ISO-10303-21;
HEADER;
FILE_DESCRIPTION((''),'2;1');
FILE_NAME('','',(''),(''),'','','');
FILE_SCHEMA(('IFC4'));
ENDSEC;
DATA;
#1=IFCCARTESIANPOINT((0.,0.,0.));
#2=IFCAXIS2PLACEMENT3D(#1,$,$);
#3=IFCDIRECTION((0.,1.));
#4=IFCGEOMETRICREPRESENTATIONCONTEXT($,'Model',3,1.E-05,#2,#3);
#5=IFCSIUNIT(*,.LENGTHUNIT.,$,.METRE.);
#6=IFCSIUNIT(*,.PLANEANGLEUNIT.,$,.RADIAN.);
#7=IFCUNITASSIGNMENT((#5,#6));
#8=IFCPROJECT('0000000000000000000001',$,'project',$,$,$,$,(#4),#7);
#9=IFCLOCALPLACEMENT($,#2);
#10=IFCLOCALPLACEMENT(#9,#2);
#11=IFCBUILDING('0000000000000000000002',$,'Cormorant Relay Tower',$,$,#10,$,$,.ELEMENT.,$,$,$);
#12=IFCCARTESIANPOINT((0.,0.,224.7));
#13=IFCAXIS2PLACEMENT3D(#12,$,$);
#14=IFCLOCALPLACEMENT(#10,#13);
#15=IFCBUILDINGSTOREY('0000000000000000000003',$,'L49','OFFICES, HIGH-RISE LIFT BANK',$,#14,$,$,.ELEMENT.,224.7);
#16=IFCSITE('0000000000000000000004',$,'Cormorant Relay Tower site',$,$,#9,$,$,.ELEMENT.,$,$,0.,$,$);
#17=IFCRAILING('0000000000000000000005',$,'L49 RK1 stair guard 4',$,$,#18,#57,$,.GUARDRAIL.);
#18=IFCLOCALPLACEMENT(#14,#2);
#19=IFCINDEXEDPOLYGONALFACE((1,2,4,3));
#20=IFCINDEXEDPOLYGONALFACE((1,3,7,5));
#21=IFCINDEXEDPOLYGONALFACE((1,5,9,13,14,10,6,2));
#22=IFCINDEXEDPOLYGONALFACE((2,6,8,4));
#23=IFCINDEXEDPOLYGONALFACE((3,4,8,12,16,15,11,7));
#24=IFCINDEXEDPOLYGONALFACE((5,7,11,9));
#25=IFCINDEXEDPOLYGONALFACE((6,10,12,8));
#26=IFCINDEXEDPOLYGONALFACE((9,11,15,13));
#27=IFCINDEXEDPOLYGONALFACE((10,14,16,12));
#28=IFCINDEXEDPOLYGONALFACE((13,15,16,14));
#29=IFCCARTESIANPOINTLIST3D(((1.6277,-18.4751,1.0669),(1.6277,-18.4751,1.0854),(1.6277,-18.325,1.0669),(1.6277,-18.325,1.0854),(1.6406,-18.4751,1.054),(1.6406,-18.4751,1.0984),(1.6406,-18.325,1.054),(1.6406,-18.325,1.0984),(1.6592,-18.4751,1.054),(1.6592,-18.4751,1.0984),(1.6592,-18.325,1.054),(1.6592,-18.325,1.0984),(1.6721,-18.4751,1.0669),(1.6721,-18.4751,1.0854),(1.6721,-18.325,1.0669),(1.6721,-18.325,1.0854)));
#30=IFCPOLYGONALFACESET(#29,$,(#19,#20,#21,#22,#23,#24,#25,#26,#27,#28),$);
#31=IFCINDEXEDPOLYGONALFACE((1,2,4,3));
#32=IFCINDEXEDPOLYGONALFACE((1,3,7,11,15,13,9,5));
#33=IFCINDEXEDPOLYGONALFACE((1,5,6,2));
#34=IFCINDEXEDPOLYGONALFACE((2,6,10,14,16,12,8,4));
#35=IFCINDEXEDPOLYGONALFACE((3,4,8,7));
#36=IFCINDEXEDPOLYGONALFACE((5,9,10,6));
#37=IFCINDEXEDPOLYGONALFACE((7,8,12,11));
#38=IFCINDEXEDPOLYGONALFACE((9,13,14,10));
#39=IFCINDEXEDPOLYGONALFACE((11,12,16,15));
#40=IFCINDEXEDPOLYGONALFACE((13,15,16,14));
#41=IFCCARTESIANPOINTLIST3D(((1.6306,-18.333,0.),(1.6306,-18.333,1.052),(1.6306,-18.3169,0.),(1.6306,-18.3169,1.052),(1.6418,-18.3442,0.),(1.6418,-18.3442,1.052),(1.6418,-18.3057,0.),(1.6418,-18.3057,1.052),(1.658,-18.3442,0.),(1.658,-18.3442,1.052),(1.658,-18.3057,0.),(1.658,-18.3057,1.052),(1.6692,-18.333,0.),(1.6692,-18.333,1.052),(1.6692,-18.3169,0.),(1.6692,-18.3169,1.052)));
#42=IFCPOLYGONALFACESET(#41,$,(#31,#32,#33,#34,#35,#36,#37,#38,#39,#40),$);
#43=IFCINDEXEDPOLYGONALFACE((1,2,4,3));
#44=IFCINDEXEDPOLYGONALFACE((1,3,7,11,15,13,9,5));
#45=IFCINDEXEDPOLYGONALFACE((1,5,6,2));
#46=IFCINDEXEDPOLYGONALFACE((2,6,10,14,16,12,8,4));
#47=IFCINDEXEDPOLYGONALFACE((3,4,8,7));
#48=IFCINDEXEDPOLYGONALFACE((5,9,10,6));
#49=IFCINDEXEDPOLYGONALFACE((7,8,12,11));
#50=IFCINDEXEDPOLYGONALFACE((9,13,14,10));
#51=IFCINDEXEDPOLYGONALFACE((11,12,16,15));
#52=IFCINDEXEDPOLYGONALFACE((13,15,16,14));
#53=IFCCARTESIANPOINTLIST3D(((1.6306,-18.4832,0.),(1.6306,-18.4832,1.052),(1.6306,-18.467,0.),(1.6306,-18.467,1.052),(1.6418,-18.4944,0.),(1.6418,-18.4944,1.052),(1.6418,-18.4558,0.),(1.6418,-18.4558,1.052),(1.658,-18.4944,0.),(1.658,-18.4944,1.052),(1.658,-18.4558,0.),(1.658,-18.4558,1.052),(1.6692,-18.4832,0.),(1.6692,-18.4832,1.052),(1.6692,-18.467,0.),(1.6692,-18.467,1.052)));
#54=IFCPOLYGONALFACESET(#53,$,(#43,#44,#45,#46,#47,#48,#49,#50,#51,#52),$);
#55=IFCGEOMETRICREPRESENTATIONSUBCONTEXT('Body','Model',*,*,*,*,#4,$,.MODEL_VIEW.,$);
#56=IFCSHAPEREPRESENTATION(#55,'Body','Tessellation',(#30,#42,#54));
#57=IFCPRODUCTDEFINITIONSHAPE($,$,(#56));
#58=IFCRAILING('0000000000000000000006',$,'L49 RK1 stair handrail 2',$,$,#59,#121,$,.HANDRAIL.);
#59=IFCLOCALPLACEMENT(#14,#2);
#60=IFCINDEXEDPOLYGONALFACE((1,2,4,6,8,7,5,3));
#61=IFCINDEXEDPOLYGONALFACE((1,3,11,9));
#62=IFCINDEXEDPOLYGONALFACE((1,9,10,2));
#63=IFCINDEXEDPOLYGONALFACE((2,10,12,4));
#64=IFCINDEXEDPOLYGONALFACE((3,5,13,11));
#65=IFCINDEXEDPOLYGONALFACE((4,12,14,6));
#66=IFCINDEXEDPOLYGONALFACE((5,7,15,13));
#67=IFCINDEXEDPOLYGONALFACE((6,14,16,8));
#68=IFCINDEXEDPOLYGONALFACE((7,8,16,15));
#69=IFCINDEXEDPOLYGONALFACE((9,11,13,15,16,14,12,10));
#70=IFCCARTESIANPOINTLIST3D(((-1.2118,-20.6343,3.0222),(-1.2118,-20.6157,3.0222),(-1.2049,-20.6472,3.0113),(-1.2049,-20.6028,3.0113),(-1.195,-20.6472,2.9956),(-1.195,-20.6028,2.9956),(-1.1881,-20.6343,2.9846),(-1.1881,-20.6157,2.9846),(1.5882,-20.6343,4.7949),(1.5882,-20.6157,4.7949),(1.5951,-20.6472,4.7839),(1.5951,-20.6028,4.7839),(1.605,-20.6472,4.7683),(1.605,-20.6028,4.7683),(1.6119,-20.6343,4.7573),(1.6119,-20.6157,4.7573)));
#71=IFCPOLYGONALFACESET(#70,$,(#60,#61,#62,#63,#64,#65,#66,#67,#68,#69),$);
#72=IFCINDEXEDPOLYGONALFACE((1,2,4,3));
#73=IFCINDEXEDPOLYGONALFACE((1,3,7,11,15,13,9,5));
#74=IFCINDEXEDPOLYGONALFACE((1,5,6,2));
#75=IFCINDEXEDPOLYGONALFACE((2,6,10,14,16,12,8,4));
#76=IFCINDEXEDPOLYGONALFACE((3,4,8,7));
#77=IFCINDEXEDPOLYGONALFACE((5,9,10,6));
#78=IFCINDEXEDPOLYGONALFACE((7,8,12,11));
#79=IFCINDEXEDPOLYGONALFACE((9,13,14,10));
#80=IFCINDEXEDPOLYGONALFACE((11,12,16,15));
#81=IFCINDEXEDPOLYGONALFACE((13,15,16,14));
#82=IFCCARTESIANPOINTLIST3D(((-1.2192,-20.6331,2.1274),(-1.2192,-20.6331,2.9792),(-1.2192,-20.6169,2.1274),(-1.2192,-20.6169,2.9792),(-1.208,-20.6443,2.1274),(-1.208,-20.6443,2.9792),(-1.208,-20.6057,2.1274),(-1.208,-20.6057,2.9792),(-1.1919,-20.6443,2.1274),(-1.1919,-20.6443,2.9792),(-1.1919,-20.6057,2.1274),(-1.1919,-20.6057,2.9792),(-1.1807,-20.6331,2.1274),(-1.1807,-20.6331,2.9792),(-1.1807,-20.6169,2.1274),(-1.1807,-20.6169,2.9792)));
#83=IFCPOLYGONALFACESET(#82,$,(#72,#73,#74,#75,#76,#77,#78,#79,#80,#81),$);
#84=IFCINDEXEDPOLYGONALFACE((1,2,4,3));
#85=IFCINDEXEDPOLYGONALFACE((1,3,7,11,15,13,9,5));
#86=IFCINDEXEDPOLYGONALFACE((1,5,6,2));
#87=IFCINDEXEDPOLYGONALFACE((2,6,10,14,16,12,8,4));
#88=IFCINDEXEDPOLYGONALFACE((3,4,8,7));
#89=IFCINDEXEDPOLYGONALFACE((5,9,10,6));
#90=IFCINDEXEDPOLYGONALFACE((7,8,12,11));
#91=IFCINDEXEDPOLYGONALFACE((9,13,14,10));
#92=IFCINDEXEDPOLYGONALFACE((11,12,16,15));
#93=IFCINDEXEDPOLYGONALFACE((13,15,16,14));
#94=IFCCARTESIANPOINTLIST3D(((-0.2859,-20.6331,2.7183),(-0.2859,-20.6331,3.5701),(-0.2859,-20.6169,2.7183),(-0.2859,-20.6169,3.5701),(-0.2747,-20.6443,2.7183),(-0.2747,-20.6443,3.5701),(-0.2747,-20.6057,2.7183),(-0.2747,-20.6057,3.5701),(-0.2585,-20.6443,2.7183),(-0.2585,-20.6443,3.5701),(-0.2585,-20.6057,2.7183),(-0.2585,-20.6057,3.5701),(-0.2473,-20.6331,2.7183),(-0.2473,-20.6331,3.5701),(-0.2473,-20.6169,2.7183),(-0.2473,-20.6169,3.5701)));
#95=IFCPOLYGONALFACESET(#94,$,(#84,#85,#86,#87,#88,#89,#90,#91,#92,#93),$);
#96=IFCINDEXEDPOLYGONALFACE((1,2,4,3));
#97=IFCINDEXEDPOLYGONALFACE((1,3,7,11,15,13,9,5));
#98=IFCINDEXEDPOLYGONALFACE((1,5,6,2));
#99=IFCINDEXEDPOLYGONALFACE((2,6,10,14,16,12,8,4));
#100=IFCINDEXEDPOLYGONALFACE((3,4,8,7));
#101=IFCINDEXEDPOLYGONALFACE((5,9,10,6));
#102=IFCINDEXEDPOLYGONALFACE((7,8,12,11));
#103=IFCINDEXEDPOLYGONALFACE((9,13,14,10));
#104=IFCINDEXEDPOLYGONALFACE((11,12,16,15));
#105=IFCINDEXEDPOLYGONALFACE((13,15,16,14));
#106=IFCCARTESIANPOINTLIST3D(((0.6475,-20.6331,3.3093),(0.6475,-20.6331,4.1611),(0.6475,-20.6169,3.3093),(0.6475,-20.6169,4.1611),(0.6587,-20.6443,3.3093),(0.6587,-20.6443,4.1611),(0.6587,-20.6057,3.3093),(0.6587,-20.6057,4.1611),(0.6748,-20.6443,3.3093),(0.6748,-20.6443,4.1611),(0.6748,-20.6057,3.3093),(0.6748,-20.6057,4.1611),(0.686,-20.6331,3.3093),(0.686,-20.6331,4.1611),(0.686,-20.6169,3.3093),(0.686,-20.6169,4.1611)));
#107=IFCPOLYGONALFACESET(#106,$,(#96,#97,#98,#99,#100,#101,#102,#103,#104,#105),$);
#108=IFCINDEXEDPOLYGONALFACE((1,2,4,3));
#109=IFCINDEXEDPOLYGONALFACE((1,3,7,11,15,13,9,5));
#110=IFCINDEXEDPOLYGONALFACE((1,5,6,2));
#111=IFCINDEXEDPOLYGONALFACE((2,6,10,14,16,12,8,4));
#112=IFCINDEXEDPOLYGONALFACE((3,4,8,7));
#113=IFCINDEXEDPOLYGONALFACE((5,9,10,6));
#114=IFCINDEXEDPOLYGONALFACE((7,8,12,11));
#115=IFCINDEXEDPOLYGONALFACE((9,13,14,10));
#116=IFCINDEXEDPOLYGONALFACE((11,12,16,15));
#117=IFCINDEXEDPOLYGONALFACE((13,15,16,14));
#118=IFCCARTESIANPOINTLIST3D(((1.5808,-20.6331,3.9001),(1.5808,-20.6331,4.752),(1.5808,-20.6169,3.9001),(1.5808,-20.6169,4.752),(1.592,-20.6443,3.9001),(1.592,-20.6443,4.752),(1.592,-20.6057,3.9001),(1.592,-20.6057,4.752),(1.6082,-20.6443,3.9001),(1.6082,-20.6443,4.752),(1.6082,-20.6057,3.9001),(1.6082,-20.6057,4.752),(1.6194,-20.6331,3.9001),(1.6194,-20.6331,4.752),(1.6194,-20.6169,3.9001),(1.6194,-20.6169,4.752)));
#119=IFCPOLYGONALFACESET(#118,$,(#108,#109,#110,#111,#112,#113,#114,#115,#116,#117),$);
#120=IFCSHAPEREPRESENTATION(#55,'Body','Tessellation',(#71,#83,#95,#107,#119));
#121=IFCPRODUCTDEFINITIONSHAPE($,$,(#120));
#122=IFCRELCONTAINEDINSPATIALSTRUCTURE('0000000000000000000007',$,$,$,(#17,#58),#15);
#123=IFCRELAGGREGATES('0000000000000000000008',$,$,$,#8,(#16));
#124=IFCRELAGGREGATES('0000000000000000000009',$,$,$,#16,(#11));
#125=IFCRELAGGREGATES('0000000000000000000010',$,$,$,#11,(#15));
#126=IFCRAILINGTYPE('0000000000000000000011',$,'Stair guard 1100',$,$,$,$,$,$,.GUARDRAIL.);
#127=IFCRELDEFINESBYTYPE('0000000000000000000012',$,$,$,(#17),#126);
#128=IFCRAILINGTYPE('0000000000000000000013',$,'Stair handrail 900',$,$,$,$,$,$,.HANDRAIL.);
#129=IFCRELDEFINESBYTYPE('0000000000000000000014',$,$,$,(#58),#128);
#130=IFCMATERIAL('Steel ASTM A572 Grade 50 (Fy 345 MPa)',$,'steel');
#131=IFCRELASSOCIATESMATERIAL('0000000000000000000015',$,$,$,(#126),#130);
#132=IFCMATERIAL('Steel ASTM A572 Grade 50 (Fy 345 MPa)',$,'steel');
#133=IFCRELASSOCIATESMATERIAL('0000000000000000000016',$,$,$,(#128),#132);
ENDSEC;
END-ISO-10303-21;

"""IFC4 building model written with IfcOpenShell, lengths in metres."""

from ifc_helpers import new_model, si_unit, direction, frame, origin, place, context, subcontext, project, spatial, polyline, outline, extrude, material, type_object, element, save


model = new_model("IFC4")

# Units and contexts
model_context = context("Model", 3, precision=1e-05, world=origin(), true_north=direction((0.0, 1.0)))
body_context = subcontext(model_context, "Body", "Model", "MODEL_VIEW")
ifc_project = project(units=[si_unit("LENGTHUNIT", "METRE"), si_unit("PLANEANGLEUNIT", "RADIAN")], contexts=[model_context])

# Site, building, storey
site_placement = place(None, origin())
site = spatial("IfcSite", under=ifc_project, at=site_placement, Name="Cormorant Relay Tower site", CompositionType="ELEMENT", RefElevation=0.0)
building_placement = place(site_placement, origin())
building = spatial("IfcBuilding", under=site, at=building_placement, Name="Cormorant Relay Tower", CompositionType="ELEMENT")
storey_placement = place(building_placement, frame((0.0, 0.0, 224.7)))
storey = spatial("IfcBuildingStorey", under=building, at=storey_placement, Name="L49", Description="OFFICES, HIGH-RISE LIFT BANK", CompositionType="ELEMENT", Elevation=224.7)

# Railings
ifc_material_1 = material(Name="Steel ASTM A572 Grade 50 (Fy 345 MPa)", Category="steel")
railing_type_1 = type_object("IfcRailingType", Name="Stair guard 1100", PredefinedType="GUARDRAIL", material=ifc_material_1)
railing_1_placement = place(storey_placement, frame((1.6499, -18.325, 0.0)))
element("IfcRailing", 1, at=railing_1_placement, inside=storey, type_object=railing_type_1, Name="L49 RK1 stair guard 4", PredefinedType="GUARDRAIL", context=body_context, shape_type="SweptSolid", body=[
    extrude(outline(polyline([(0.0222, 0.0093), (0.0093, 0.0222), (-0.0093, 0.0222), (-0.0222, 0.0093), (-0.0222, -0.0093), (-0.0093, -0.0222), (0.0093, -0.0222), (0.0222, -0.0093), (0.0222, 0.0093)])), frame((0.0, 0.0, 1.0762), z_axis=(0.0, -1.0, 0.0), x_axis=(1.0, 0.0, 0.0)), (0.0, 0.0, 1.0), 0.1501),
    extrude(outline(polyline([(0.0193, 0.0081), (0.0081, 0.0193), (-0.0081, 0.0193), (-0.0193, 0.0081), (-0.0193, -0.0081), (-0.0081, -0.0193), (0.0081, -0.0193), (0.0193, -0.0081), (0.0193, 0.0081)])), origin(), (0.0, 0.0, 1.0), 1.052),
    extrude(outline(polyline([(0.0193, 0.0081), (0.0081, 0.0193), (-0.0081, 0.0193), (-0.0193, 0.0081), (-0.0193, -0.0081), (-0.0081, -0.0193), (0.0081, -0.0193), (0.0193, -0.0081), (0.0193, 0.0081)])), frame((0.0, -0.1501, 0.0)), (0.0, 0.0, 1.0), 1.052),
])
ifc_material_2 = material(Name="Steel ASTM A572 Grade 50 (Fy 345 MPa)", Category="steel")
railing_type_2 = type_object("IfcRailingType", Name="Stair handrail 900", PredefinedType="HANDRAIL", material=ifc_material_2)
railing_2_placement = place(storey_placement, frame((-1.2, -20.625, 2.1274)))
element("IfcRailing", 2, at=railing_2_placement, inside=storey, type_object=railing_type_2, Name="L49 RK1 stair handrail 2", PredefinedType="HANDRAIL", context=body_context, shape_type="SweptSolid", body=[
    extrude(outline(polyline([(0.0222, 0.0093), (0.0093, 0.0222), (-0.0093, 0.0222), (-0.0222, 0.0093), (-0.0222, -0.0093), (-0.0093, -0.0222), (0.0093, -0.0222), (0.0222, -0.0093), (0.0222, 0.0093)])), frame((0.0, 0.0, 0.876), z_axis=(0.844909, 0.0, 0.53491), x_axis=(0.0, 1.0, 0.0)), (0.0, 0.0, 1.0), 3.314),
    extrude(outline(polyline([(0.0193, 0.0081), (0.0081, 0.0193), (-0.0081, 0.0193), (-0.0193, 0.0081), (-0.0193, -0.0081), (-0.0081, -0.0193), (0.0081, -0.0193), (0.0193, -0.0081), (0.0193, 0.0081)])), origin(), (0.0, 0.0, 1.0), 0.8518),
    extrude(outline(polyline([(0.0193, 0.0081), (0.0081, 0.0193), (-0.0081, 0.0193), (-0.0193, 0.0081), (-0.0193, -0.0081), (-0.0081, -0.0193), (0.0081, -0.0193), (0.0193, -0.0081), (0.0193, 0.0081)])), frame((0.9333, 0.0, 0.5908)), (0.0, 0.0, 1.0), 0.8518),
    extrude(outline(polyline([(0.0193, 0.0081), (0.0081, 0.0193), (-0.0081, 0.0193), (-0.0193, 0.0081), (-0.0193, -0.0081), (-0.0081, -0.0193), (0.0081, -0.0193), (0.0193, -0.0081), (0.0193, 0.0081)])), frame((1.8667, 0.0, 1.1819)), (0.0, 0.0, 1.0), 0.8518),
    extrude(outline(polyline([(0.0193, 0.0081), (0.0081, 0.0193), (-0.0081, 0.0193), (-0.0193, 0.0081), (-0.0193, -0.0081), (-0.0081, -0.0193), (0.0081, -0.0193), (0.0193, -0.0081), (0.0193, 0.0081)])), frame((2.8, 0.0, 1.7727)), (0.0, 0.0, 1.0), 0.8518),
])

save(model, "model.ifc")
